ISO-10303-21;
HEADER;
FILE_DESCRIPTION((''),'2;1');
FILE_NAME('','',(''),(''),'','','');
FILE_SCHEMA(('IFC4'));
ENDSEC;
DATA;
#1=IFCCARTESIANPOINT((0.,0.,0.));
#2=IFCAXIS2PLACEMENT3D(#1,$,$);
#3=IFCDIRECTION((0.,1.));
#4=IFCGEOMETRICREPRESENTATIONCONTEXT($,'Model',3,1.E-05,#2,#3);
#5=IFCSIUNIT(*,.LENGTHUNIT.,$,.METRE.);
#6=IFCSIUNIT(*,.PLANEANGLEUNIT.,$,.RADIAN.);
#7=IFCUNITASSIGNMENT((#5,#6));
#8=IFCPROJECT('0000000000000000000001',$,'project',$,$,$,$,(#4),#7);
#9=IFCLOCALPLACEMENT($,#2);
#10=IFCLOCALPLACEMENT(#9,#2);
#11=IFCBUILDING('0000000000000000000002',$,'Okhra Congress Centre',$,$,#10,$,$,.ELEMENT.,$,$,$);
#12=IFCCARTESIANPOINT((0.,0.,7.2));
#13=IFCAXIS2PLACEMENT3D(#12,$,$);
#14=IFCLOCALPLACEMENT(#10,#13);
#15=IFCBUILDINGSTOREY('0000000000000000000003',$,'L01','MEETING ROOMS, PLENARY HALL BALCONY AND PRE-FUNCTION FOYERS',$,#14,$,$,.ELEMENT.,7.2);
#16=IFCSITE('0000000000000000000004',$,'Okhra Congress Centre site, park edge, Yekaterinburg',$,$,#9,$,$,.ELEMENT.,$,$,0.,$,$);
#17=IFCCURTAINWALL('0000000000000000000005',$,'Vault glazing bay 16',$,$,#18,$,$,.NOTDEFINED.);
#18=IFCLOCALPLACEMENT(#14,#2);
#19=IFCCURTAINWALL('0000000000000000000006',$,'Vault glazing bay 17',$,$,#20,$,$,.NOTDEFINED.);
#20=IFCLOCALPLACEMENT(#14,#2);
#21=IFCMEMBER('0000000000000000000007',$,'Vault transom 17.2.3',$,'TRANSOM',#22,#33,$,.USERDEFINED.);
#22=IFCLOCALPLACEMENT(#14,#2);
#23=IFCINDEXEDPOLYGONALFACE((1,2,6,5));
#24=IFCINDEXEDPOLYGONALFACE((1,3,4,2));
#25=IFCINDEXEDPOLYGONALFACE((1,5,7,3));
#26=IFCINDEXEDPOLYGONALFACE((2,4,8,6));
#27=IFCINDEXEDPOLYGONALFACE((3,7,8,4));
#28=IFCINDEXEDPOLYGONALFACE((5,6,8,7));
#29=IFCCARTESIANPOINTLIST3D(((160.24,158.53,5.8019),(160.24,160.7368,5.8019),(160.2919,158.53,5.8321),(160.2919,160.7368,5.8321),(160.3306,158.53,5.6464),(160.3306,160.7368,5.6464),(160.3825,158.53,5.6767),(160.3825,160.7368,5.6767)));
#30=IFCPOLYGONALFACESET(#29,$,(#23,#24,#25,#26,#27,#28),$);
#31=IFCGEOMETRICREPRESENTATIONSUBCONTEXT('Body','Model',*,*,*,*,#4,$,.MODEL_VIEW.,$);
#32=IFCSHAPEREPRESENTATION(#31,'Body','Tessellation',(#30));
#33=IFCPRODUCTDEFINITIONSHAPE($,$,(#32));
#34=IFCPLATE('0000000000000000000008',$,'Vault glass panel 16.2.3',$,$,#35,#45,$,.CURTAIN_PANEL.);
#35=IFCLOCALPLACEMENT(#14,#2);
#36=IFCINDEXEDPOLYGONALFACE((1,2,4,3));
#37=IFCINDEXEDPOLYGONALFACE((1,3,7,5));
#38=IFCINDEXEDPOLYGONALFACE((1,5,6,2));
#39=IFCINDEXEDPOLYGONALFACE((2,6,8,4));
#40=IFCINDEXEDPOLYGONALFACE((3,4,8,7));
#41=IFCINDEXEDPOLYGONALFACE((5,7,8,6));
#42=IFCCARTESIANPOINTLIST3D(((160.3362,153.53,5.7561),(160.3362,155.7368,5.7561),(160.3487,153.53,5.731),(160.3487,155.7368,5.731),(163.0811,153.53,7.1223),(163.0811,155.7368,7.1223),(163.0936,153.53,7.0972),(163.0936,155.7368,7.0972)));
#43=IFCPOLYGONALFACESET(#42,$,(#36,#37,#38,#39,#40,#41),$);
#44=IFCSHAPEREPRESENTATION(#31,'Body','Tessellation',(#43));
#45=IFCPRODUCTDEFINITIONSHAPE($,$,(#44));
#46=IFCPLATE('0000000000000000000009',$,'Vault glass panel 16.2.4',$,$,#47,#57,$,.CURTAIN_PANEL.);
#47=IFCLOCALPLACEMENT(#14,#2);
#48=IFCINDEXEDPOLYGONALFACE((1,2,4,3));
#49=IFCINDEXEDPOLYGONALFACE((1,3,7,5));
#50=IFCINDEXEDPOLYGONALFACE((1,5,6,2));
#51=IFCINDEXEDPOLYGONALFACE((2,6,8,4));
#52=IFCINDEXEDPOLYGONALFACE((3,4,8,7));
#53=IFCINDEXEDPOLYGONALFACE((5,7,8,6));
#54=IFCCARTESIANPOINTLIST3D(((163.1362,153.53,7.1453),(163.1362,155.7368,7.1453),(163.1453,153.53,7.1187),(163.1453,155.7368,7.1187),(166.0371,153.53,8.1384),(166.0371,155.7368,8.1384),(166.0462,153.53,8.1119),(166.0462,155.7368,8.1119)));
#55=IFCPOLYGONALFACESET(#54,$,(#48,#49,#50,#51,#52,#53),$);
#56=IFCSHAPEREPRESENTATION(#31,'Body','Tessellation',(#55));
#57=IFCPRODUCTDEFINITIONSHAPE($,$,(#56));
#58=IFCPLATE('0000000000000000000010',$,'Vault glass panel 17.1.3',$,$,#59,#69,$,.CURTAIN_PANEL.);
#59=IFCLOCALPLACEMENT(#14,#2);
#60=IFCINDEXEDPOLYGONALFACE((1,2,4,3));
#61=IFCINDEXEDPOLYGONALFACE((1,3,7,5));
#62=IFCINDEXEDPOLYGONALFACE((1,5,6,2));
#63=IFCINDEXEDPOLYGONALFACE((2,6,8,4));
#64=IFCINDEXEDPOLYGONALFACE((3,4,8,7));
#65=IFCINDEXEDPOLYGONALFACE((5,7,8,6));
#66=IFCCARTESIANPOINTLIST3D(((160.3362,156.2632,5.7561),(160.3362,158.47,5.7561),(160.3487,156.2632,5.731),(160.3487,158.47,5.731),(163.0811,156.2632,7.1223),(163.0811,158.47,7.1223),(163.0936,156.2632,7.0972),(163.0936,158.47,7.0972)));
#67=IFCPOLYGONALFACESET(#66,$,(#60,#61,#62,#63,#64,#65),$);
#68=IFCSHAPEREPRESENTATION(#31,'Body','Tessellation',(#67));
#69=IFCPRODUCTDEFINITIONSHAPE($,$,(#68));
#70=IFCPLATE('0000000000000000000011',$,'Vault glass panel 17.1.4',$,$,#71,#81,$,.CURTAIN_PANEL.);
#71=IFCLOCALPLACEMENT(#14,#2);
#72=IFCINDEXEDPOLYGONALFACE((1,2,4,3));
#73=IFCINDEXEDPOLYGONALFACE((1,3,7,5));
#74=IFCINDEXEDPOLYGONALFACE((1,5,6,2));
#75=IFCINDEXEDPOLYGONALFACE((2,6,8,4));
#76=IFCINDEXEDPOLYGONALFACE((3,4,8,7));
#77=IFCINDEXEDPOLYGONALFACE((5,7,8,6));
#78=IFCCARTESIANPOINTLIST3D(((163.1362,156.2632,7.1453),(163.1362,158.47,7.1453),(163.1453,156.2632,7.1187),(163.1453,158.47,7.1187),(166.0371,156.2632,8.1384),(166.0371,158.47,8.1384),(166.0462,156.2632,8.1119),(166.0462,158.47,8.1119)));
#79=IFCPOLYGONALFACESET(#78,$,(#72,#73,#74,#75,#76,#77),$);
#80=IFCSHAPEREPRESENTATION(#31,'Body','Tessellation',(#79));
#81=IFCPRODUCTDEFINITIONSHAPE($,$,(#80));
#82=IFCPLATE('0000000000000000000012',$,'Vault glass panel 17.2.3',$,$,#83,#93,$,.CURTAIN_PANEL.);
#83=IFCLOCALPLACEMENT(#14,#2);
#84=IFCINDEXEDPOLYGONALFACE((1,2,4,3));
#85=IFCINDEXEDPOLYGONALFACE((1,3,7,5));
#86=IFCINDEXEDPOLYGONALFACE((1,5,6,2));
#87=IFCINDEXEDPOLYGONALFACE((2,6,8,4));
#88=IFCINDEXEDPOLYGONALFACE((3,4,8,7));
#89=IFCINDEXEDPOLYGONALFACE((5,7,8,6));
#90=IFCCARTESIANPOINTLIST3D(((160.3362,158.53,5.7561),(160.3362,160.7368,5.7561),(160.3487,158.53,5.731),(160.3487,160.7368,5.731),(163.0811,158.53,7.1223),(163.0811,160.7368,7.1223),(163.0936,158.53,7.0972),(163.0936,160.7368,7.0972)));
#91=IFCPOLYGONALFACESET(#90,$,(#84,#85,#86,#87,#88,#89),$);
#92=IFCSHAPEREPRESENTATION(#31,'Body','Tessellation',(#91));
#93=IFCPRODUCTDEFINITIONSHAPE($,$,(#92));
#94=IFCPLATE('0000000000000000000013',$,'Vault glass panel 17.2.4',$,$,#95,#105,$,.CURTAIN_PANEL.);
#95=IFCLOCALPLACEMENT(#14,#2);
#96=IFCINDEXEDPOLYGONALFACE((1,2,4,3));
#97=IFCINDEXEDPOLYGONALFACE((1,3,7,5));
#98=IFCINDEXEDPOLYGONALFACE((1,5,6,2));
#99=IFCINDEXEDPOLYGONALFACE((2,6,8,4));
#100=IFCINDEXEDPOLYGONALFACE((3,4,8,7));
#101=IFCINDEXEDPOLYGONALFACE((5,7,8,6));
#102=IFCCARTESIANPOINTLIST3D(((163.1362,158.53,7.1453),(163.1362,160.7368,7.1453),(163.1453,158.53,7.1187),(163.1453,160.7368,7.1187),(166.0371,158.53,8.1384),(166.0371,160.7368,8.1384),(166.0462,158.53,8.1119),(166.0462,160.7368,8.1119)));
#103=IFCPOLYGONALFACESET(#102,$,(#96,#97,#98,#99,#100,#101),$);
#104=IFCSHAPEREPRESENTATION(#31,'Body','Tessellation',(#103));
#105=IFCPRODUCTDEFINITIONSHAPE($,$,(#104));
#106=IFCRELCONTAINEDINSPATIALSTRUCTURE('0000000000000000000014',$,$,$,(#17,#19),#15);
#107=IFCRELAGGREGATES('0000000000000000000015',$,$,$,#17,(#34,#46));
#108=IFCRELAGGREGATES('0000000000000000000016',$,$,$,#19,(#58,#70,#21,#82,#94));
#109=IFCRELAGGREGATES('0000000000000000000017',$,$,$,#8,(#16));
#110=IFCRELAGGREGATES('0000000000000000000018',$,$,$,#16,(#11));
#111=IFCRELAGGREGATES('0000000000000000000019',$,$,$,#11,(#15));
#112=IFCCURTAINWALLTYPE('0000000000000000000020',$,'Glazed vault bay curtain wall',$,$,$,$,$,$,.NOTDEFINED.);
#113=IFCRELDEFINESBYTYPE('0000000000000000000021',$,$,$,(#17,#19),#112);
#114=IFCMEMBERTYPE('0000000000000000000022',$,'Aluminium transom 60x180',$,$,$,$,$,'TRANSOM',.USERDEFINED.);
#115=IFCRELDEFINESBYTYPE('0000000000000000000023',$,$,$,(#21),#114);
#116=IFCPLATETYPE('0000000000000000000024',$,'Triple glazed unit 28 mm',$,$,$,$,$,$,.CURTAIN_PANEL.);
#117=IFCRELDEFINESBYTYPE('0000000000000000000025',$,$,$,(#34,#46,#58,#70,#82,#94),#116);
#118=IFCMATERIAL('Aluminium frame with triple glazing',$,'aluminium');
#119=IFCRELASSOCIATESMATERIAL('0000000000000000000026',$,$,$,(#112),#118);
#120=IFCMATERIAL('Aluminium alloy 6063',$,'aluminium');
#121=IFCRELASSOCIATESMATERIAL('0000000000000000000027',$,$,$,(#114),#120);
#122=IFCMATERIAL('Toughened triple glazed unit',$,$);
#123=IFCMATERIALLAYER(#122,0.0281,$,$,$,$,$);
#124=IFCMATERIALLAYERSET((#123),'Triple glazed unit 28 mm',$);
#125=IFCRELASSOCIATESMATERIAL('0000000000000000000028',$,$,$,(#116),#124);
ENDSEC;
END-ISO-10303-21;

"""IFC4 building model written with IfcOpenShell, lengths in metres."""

from ifc_helpers import new_model, si_unit, direction, frame, origin, origin_2d, place, context, subcontext, project, spatial, polyline, rectangle, outline, extrude, material, layer, layer_set, material_profile, profile_set, type_object, element, aggregate, save


model = new_model("IFC4")

# Units and contexts
model_context = context("Model", 3, precision=1e-05, world=origin(), true_north=direction((0.0, 1.0)))
body_context = subcontext(model_context, "Body", "Model", "MODEL_VIEW")
ifc_project = project(units=[si_unit("LENGTHUNIT", "METRE"), si_unit("PLANEANGLEUNIT", "RADIAN")], contexts=[model_context])

# Site, building, storey
site_placement = place(None, origin())
site = spatial("IfcSite", under=ifc_project, at=site_placement, Name="Okhra Congress Centre site, park edge, Yekaterinburg", CompositionType="ELEMENT", RefElevation=0.0)
building_placement = place(site_placement, origin())
building = spatial("IfcBuilding", under=site, at=building_placement, Name="Okhra Congress Centre", CompositionType="ELEMENT")
storey_placement = place(building_placement, frame((0.0, 0.0, 7.2)))
storey = spatial("IfcBuildingStorey", under=building, at=storey_placement, Name="L01", Description="MEETING ROOMS, PLENARY HALL BALCONY AND PRE-FUNCTION FOYERS", CompositionType="ELEMENT", Elevation=7.2)

# Curtain walls
ifc_material_1 = material(Name="Aluminium frame with triple glazing", Category="aluminium")
curtain_wall_type = type_object("IfcCurtainWallType", Name="Glazed vault bay curtain wall", PredefinedType="NOTDEFINED", material=ifc_material_1)
curtain_wall_1_placement = place(storey_placement, origin())
curtain_wall_1 = element("IfcCurtainWall", 1, at=curtain_wall_1_placement, inside=storey, type_object=curtain_wall_type, Name="Vault glazing bay 16", PredefinedType="NOTDEFINED")
ifc_material_2 = material(Name="Aluminium alloy 6063", Category="aluminium")
curtain_wall_2_placement = place(storey_placement, origin())
curtain_wall_2 = element("IfcCurtainWall", 2, at=curtain_wall_2_placement, inside=storey, type_object=curtain_wall_type, Name="Vault glazing bay 17", PredefinedType="NOTDEFINED")

# Member
ifc_material_profile_1 = material_profile(ifc_material_2, rectangle(XDim=0.0601, YDim=0.1799, at=origin_2d()), Name="AL 60x180 transom")
ifc_profile_set_1 = profile_set([ifc_material_profile_1], Name="Aluminium alloy 6063")
member_type_1 = type_object("IfcMemberType", Name="Aluminium transom 60x180", ElementType="TRANSOM", PredefinedType="USERDEFINED", material=ifc_profile_set_1)
member_1_placement = place(storey_placement, frame((160.3113, 158.53, 5.7393), z_axis=(0.0, 1.0, 0.0), x_axis=(-0.863917, 0.0, -0.503634)))
member_1 = element("IfcMember", 3, at=member_1_placement, type_object=member_type_1, Name="Vault transom 17.2.3", ObjectType="TRANSOM", PredefinedType="USERDEFINED", context=body_context, shape_type="SweptSolid", body=[
    extrude(rectangle(XDim=0.0601, YDim=0.1799, at=origin_2d()), origin(), (0.0, 0.0, 1.0), 2.2068),
])

# Plates
ifc_material_3 = material(Name="Toughened triple glazed unit")
ifc_layer = layer(ifc_material_3, 0.0281)
ifc_layer_set = layer_set([ifc_layer], Name="Triple glazed unit 28 mm")
plate_type = type_object("IfcPlateType", Name="Triple glazed unit 28 mm", PredefinedType="CURTAIN_PANEL", material=ifc_layer_set)
plate_1_placement = place(storey_placement, frame((160.3362, 153.53, 5.7561), z_axis=(-0.445588, 0.0, 0.895238), x_axis=(0.895238, 0.0, 0.445588)))
plate_1 = element("IfcPlate", 4, at=plate_1_placement, type_object=plate_type, Name="Vault glass panel 16.2.3", PredefinedType="CURTAIN_PANEL", context=body_context, shape_type="SweptSolid", body=[
    extrude(outline(polyline([(0.0, 0.0), (3.0661, 0.0), (3.0661, 2.2068), (0.0, 2.2068), (0.0, 0.0)])), origin(), (0.0, 0.0, -1.0), 0.0281),
])
plate_2_placement = place(storey_placement, frame((163.1362, 153.53, 7.1453), z_axis=(-0.323909, 0.0, 0.946088), x_axis=(0.946088, 0.0, 0.323909)))
plate_2 = element("IfcPlate", 5, at=plate_2_placement, type_object=plate_type, Name="Vault glass panel 16.2.4", PredefinedType="CURTAIN_PANEL", context=body_context, shape_type="SweptSolid", body=[
    extrude(outline(polyline([(0.0, 0.0), (3.0662, 0.0), (3.0662, 2.2068), (0.0, 2.2068), (0.0, 0.0)])), origin(), (0.0, 0.0, -1.0), 0.0281),
])
aggregate(curtain_wall_1, [plate_1, plate_2])
plate_3_placement = place(storey_placement, frame((160.3362, 156.2632, 5.7561), z_axis=(-0.445588, 0.0, 0.895238), x_axis=(0.895238, 0.0, 0.445588)))
plate_3 = element("IfcPlate", 6, at=plate_3_placement, type_object=plate_type, Name="Vault glass panel 17.1.3", PredefinedType="CURTAIN_PANEL", context=body_context, shape_type="SweptSolid", body=[
    extrude(outline(polyline([(0.0, 0.0), (3.0661, 0.0), (3.0661, 2.2068), (0.0, 2.2068), (0.0, 0.0)])), origin(), (0.0, 0.0, -1.0), 0.0281),
])
plate_4_placement = place(storey_placement, frame((163.1362, 156.2632, 7.1453), z_axis=(-0.323909, 0.0, 0.946088), x_axis=(0.946088, 0.0, 0.323909)))
plate_4 = element("IfcPlate", 7, at=plate_4_placement, type_object=plate_type, Name="Vault glass panel 17.1.4", PredefinedType="CURTAIN_PANEL", context=body_context, shape_type="SweptSolid", body=[
    extrude(outline(polyline([(0.0, 0.0), (3.0662, 0.0), (3.0662, 2.2068), (0.0, 2.2068), (0.0, 0.0)])), origin(), (0.0, 0.0, -1.0), 0.0281),
])
plate_5_placement = place(storey_placement, frame((160.3362, 158.53, 5.7561), z_axis=(-0.445588, 0.0, 0.895238), x_axis=(0.895238, 0.0, 0.445588)))
plate_5 = element("IfcPlate", 8, at=plate_5_placement, type_object=plate_type, Name="Vault glass panel 17.2.3", PredefinedType="CURTAIN_PANEL", context=body_context, shape_type="SweptSolid", body=[
    extrude(outline(polyline([(0.0, 0.0), (3.0661, 0.0), (3.0661, 2.2068), (0.0, 2.2068), (0.0, 0.0)])), origin(), (0.0, 0.0, -1.0), 0.0281),
])
plate_6_placement = place(storey_placement, frame((163.1362, 158.53, 7.1453), z_axis=(-0.323909, 0.0, 0.946088), x_axis=(0.946088, 0.0, 0.323909)))
plate_6 = element("IfcPlate", 9, at=plate_6_placement, type_object=plate_type, Name="Vault glass panel 17.2.4", PredefinedType="CURTAIN_PANEL", context=body_context, shape_type="SweptSolid", body=[
    extrude(outline(polyline([(0.0, 0.0), (3.0662, 0.0), (3.0662, 2.2068), (0.0, 2.2068), (0.0, 0.0)])), origin(), (0.0, 0.0, -1.0), 0.0281),
])
aggregate(curtain_wall_2, [plate_3, plate_4, member_1, plate_5, plate_6])

save(model, "model.ifc")
